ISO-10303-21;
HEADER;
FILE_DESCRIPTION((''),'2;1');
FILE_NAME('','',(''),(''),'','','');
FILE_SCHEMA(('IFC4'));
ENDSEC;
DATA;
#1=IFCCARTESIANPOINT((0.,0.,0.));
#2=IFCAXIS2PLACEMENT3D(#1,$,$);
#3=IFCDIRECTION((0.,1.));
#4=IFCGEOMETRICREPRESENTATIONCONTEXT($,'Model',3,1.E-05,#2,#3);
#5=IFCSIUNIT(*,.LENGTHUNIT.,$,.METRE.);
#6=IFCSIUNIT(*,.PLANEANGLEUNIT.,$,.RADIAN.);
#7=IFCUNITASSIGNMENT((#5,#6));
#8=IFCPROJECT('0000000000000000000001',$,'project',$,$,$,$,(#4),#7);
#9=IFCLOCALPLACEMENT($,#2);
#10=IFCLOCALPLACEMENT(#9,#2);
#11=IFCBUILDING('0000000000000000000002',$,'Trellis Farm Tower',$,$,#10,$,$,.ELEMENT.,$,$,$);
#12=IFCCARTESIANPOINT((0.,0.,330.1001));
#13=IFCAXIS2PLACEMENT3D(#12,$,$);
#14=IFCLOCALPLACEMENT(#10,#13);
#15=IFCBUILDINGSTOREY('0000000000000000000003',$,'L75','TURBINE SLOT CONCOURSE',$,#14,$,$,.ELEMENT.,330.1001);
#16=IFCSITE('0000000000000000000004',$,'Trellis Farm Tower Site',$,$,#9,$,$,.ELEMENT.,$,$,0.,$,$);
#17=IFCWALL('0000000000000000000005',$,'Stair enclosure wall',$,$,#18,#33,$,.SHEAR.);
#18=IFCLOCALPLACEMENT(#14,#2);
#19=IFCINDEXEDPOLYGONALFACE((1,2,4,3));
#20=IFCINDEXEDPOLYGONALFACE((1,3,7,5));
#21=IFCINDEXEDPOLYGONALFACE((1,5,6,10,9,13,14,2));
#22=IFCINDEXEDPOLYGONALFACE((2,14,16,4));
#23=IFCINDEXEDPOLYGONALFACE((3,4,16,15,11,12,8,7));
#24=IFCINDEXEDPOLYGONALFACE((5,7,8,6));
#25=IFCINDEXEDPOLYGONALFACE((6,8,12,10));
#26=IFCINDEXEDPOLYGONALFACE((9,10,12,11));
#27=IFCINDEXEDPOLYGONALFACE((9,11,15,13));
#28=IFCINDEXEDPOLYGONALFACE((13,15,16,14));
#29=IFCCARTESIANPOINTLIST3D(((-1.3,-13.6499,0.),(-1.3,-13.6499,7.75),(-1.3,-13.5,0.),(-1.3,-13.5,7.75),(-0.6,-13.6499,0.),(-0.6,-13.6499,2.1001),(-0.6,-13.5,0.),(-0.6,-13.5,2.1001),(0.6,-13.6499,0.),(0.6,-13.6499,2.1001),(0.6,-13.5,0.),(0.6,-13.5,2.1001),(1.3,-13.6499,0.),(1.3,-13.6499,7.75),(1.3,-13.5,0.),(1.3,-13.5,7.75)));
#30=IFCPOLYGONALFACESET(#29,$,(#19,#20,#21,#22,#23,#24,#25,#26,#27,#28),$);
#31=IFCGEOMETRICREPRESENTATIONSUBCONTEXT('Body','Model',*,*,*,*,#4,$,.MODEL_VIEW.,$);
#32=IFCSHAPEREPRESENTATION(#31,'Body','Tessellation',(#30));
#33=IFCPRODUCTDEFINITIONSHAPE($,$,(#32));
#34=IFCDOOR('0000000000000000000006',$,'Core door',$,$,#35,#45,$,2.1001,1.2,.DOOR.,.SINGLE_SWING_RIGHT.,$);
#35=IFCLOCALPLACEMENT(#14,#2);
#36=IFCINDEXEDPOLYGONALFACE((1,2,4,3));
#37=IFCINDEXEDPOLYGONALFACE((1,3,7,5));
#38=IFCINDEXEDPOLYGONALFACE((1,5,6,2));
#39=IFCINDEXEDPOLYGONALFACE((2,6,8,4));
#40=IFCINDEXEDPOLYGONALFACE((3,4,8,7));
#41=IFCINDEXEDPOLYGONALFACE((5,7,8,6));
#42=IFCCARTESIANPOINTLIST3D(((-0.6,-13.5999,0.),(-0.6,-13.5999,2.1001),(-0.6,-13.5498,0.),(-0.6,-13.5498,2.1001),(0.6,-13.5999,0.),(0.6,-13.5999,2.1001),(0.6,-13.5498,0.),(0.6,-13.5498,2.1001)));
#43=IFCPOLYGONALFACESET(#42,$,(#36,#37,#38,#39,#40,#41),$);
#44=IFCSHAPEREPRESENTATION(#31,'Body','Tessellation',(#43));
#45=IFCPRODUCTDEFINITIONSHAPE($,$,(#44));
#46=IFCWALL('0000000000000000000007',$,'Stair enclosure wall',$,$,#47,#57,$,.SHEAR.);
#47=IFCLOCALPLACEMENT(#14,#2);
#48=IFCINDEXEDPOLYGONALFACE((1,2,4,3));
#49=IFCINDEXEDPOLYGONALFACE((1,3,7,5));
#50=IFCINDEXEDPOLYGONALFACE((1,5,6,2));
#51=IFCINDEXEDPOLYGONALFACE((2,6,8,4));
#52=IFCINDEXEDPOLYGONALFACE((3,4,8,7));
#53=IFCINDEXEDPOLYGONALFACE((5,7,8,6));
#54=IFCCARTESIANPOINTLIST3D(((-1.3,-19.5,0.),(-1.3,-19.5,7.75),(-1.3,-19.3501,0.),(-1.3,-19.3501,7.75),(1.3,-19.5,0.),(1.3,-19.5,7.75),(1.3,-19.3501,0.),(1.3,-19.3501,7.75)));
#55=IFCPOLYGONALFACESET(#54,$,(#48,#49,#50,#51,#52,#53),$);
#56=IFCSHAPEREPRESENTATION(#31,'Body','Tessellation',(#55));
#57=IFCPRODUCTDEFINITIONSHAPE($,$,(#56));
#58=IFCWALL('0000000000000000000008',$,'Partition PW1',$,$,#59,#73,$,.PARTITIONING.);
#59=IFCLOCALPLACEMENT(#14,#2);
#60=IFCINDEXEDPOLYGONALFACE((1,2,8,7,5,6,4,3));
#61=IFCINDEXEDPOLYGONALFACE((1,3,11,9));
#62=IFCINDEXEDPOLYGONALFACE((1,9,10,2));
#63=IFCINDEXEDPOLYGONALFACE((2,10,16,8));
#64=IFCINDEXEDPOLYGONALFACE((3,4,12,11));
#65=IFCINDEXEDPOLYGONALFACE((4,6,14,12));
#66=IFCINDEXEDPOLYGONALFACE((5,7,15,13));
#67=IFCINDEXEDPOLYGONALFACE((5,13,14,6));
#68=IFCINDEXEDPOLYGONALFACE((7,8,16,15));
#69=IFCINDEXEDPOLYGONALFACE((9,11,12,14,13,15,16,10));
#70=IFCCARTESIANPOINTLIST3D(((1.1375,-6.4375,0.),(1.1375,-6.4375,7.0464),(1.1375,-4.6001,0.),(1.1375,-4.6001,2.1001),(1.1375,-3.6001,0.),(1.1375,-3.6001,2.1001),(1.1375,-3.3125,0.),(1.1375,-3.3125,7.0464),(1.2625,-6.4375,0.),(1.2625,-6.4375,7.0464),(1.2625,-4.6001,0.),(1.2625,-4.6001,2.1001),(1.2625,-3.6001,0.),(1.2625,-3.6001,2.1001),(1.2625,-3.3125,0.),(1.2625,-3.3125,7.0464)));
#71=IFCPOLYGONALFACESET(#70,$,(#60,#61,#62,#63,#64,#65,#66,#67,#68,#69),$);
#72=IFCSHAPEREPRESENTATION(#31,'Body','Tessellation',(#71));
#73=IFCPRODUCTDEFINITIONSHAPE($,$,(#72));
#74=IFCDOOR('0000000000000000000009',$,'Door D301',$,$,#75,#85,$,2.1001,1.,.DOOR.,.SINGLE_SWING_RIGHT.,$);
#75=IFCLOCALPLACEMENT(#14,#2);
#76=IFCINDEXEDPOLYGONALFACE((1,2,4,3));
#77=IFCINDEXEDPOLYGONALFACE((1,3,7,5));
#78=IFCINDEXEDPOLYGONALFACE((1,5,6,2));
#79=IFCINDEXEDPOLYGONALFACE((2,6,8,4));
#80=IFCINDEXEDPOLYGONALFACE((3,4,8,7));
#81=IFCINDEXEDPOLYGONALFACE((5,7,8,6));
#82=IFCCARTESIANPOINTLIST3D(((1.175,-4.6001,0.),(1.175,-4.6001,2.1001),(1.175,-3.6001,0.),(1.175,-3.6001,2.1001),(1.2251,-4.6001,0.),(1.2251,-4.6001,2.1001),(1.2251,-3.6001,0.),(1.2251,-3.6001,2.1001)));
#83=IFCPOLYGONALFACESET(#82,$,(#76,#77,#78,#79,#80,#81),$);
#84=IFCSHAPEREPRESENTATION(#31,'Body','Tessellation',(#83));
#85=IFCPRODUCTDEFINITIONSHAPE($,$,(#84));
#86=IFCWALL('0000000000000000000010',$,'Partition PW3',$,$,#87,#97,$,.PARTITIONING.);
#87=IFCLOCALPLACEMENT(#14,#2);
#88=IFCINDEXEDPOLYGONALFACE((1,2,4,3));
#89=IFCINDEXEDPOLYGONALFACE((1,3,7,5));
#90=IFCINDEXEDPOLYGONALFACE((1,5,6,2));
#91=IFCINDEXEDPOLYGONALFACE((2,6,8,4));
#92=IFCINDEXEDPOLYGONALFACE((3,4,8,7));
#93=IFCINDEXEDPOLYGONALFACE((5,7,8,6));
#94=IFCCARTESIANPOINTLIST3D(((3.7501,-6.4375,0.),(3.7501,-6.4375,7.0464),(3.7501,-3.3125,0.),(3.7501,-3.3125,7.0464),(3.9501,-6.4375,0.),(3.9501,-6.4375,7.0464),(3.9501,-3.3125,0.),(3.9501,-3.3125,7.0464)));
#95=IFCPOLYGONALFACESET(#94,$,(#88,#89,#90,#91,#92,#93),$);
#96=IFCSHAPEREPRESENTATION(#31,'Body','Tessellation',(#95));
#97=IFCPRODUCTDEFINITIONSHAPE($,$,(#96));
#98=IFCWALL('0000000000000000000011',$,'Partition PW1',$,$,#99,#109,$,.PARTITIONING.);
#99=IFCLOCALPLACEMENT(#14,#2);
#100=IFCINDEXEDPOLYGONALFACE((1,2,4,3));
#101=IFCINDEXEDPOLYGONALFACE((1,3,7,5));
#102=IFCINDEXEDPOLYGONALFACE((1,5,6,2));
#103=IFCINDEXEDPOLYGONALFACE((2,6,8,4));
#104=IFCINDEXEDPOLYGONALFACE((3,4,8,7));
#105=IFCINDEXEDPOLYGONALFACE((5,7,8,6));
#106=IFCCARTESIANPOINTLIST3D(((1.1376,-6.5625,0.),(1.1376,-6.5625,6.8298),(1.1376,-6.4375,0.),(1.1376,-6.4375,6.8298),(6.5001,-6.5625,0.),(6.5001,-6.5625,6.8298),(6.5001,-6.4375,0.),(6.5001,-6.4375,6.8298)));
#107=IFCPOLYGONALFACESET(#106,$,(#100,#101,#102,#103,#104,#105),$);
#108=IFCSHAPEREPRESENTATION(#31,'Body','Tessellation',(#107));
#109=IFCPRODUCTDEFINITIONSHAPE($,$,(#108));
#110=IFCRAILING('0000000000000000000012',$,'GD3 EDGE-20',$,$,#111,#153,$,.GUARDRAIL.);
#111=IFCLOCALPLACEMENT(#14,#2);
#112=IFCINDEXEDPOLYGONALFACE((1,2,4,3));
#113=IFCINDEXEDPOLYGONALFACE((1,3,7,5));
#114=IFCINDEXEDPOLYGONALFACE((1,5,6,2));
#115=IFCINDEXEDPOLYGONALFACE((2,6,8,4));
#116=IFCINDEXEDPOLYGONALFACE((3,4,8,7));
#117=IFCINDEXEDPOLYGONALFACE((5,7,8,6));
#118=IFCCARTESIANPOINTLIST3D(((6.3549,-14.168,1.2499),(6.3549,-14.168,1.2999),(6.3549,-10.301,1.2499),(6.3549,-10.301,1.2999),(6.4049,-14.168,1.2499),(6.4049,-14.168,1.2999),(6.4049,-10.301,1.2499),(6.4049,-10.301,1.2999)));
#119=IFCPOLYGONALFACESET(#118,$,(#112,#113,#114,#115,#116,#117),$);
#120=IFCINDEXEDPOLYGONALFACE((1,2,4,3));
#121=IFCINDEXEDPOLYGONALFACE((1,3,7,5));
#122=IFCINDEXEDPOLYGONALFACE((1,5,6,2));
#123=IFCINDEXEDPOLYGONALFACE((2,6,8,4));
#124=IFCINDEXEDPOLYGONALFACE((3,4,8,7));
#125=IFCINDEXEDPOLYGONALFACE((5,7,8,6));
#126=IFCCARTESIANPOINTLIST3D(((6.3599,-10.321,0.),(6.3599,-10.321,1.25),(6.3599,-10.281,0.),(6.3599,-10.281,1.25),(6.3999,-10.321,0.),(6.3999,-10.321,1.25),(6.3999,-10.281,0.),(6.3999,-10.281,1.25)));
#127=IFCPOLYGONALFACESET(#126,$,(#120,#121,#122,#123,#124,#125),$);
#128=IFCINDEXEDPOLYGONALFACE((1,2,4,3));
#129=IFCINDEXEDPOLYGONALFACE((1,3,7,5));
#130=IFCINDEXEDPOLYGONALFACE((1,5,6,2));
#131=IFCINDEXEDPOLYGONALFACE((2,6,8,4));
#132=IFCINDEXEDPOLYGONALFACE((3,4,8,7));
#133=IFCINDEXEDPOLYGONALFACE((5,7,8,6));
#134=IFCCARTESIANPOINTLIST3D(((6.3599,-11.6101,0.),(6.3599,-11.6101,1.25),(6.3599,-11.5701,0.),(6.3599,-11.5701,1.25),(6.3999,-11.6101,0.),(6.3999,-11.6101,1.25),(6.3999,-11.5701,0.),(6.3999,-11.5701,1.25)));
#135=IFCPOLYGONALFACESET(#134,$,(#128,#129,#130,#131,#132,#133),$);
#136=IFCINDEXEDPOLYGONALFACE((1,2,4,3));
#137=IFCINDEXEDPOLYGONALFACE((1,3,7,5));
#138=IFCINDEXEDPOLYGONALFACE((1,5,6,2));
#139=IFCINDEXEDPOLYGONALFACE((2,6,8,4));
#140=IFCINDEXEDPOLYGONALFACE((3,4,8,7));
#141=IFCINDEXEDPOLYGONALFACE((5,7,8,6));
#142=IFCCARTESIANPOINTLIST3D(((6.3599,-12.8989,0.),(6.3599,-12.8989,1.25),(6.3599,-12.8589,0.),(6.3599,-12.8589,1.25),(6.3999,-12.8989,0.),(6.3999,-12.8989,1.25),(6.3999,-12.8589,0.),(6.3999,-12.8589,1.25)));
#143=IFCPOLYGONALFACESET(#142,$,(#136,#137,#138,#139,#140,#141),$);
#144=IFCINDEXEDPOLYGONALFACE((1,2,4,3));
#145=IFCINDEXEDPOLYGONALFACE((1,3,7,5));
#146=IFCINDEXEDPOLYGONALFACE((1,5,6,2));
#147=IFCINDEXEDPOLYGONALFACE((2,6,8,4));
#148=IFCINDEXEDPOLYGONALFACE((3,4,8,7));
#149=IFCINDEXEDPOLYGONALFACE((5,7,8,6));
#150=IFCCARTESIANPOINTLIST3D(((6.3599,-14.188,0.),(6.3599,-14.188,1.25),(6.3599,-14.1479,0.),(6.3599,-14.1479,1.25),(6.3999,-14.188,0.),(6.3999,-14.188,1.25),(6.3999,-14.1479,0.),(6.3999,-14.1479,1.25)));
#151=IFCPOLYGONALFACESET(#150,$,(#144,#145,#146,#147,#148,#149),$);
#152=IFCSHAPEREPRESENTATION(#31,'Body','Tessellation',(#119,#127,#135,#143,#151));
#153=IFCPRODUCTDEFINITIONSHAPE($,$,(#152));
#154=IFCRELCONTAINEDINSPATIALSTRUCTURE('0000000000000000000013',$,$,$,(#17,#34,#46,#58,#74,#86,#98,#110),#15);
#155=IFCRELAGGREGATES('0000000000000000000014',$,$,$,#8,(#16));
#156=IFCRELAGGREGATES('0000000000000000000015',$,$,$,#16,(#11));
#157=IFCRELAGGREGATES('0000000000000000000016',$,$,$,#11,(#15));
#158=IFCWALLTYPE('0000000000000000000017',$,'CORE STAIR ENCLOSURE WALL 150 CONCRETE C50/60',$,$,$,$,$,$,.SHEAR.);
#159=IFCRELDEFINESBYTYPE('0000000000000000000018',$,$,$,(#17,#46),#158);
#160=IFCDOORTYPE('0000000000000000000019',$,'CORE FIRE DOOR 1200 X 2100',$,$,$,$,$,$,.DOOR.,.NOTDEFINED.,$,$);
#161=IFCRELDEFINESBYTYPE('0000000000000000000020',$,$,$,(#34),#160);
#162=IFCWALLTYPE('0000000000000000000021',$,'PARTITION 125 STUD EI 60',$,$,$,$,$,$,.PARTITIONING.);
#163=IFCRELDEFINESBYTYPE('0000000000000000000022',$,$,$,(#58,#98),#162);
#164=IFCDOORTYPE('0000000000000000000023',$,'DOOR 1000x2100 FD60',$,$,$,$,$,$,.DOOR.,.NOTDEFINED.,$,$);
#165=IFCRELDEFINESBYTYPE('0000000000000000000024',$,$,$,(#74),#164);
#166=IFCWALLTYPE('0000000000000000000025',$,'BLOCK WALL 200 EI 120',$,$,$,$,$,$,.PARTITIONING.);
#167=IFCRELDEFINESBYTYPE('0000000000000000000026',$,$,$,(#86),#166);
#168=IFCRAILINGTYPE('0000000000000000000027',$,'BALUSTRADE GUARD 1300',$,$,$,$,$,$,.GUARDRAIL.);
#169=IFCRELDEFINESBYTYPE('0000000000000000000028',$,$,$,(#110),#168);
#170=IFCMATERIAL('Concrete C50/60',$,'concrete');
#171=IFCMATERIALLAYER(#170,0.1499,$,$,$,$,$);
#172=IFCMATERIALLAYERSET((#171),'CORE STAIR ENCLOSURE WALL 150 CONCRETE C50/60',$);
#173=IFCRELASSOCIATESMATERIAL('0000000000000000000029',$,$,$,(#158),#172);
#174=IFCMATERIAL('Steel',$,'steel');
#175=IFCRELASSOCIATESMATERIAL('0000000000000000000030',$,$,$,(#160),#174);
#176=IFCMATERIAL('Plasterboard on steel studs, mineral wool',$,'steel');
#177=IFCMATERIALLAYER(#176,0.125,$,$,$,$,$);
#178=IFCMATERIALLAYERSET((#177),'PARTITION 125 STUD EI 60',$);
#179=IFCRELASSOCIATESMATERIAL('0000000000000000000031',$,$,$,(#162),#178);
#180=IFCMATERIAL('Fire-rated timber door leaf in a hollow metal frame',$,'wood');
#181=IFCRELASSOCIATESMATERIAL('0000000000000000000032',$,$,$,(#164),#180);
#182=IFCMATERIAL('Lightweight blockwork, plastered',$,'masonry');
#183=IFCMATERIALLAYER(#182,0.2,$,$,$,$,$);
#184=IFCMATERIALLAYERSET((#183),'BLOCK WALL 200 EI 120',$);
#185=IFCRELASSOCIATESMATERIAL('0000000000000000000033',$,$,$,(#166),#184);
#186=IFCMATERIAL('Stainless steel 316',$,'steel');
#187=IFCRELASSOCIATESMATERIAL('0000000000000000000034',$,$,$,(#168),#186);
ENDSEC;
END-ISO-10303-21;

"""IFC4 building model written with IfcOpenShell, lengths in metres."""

from ifc_helpers import new_model, si_unit, direction, frame, frame_2d, origin, origin_2d, place, context, subcontext, project, spatial, rectangle, extrude, source, transform, mapped, material, layer, layer_set, type_object, element, fill, save


model = new_model("IFC4")

# Units and contexts
model_context = context("Model", 3, precision=1e-05, world=origin(), true_north=direction((0.0, 1.0)))
body_context = subcontext(model_context, "Body", "Model", "MODEL_VIEW")
ifc_project = project(units=[si_unit("LENGTHUNIT", "METRE"), si_unit("PLANEANGLEUNIT", "RADIAN")], contexts=[model_context])

# Site, building, storey
site_placement = place(None, origin())
site = spatial("IfcSite", under=ifc_project, at=site_placement, Name="Trellis Farm Tower Site", CompositionType="ELEMENT", RefElevation=0.0)
building_placement = place(site_placement, origin())
building = spatial("IfcBuilding", under=site, at=building_placement, Name="Trellis Farm Tower", CompositionType="ELEMENT")
storey_placement = place(building_placement, frame((0.0, 0.0, 330.1001)))
storey = spatial("IfcBuildingStorey", under=building, at=storey_placement, Name="L75", Description="TURBINE SLOT CONCOURSE", CompositionType="ELEMENT", Elevation=330.1001)

# Shared definitions
ifc_material_1 = material(Name="Concrete C50/60", Category="concrete")

# Wall, opening, door
ifc_layer_1 = layer(ifc_material_1, 0.1499)
ifc_layer_set_1 = layer_set([ifc_layer_1], Name="CORE STAIR ENCLOSURE WALL 150 CONCRETE C50/60")
wall_type_1 = type_object("IfcWallType", Name="CORE STAIR ENCLOSURE WALL 150 CONCRETE C50/60", PredefinedType="SHEAR", material=ifc_layer_set_1)
shared_shape_1 = source(origin(), body_context, "Body", "SweptSolid", [
    extrude(rectangle(XDim=2.6001, YDim=0.1499, at=frame_2d((1.3, 0.0))), origin(), (0.0, 0.0, 1.0), 7.75),
])
wall_1_placement = place(storey_placement, frame((1.3, -13.575, 0.0), z_axis=(0.0, 0.0, 1.0), x_axis=(-1.0, 0.0, 0.0)))
wall_1 = element("IfcWall", 1, at=wall_1_placement, inside=storey, type_object=wall_type_1, Name="Stair enclosure wall", PredefinedType="SHEAR", context=body_context, shape_type="MappedRepresentation", body=[
    mapped(shared_shape_1, transform((0.0, 0.0, 0.0))),
])
shared_shape_2 = source(origin(), body_context, "Body", "SweptSolid", [
    extrude(rectangle(XDim=1.2, YDim=2.1001, at=frame_2d((0.6001, 1.05))), frame((0.0, 0.085, 0.0), z_axis=(0.0, -1.0, 0.0), x_axis=(1.0, 0.0, 0.0)), (0.0, 0.0, 1.0), 0.1699),
])
opening_1_placement = place(wall_1_placement, frame((0.7, 0.0, 0.0)))
opening_1 = element("IfcOpeningElement", 2, at=opening_1_placement, cuts=wall_1, PredefinedType="OPENING", context=body_context, shape_type="MappedRepresentation", body=[
    mapped(shared_shape_2, transform((0.0, 0.0, 0.0))),
])
ifc_material_2 = material(Name="Steel", Category="steel")
door_type_1 = type_object("IfcDoorType", Name="CORE FIRE DOOR 1200 X 2100", OperationType="NOTDEFINED", PredefinedType="DOOR", material=ifc_material_2)
shared_shape_3 = source(origin(), body_context, "Body", "SweptSolid", [
    extrude(rectangle(XDim=1.2, YDim=2.1001, at=frame_2d((0.6001, 1.05))), frame((0.0, 0.0249, 0.0), z_axis=(0.0, -1.0, 0.0), x_axis=(1.0, 0.0, 0.0)), (0.0, 0.0, 1.0), 0.05),
])
door_1_placement = place(opening_1_placement, origin())
door_1 = element("IfcDoor", 3, at=door_1_placement, inside=storey, type_object=door_type_1, Name="Core door", OperationType="SINGLE_SWING_RIGHT", OverallHeight=2.1001, OverallWidth=1.2, PredefinedType="DOOR", context=body_context, shape_type="MappedRepresentation", body=[
    mapped(shared_shape_3, transform((0.0, 0.0, 0.0))),
])
fill(opening_1, door_1)

# Wall
wall_2_placement = place(storey_placement, frame((1.3, -19.425, 0.0), z_axis=(0.0, 0.0, 1.0), x_axis=(-1.0, 0.0, 0.0)))
element("IfcWall", 4, at=wall_2_placement, inside=storey, type_object=wall_type_1, Name="Stair enclosure wall", PredefinedType="SHEAR", context=body_context, shape_type="MappedRepresentation", body=[
    mapped(shared_shape_1, transform((0.0, 0.0, 0.0))),
])

# Wall, opening, door
ifc_material_3 = material(Name="Plasterboard on steel studs, mineral wool", Category="steel")
ifc_layer_2 = layer(ifc_material_3, 0.125)
ifc_layer_set_2 = layer_set([ifc_layer_2], Name="PARTITION 125 STUD EI 60")
wall_type_2 = type_object("IfcWallType", Name="PARTITION 125 STUD EI 60", PredefinedType="PARTITIONING", material=ifc_layer_set_2)
shared_shape_4 = source(origin(), body_context, "Body", "SweptSolid", [
    extrude(rectangle(XDim=3.125, YDim=0.125, at=frame_2d((1.5625, 0.0))), origin(), (0.0, 0.0, 1.0), 7.0464),
])
wall_3_placement = place(storey_placement, frame((1.2, -6.4375, 0.0), z_axis=(0.0, 0.0, 1.0), x_axis=(0.0, 1.0, 0.0)))
wall_3 = element("IfcWall", 5, at=wall_3_placement, inside=storey, type_object=wall_type_2, Name="Partition PW1", PredefinedType="PARTITIONING", context=body_context, shape_type="MappedRepresentation", body=[
    mapped(shared_shape_4, transform((0.0, 0.0, 0.0))),
])
shared_shape_5 = source(origin(), body_context, "Body", "SweptSolid", [
    extrude(rectangle(XDim=1.0, YDim=2.1001, at=frame_2d((0.5, 1.05))), frame((0.0, 0.0725, 0.0), z_axis=(0.0, -1.0, 0.0), x_axis=(1.0, 0.0, 0.0)), (0.0, 0.0, 1.0), 0.145),
])
opening_2_placement = place(wall_3_placement, frame((1.8374, 0.0, 0.0)))
opening_2 = element("IfcOpeningElement", 6, at=opening_2_placement, cuts=wall_3, PredefinedType="OPENING", context=body_context, shape_type="MappedRepresentation", body=[
    mapped(shared_shape_5, transform((0.0, 0.0, 0.0))),
])
ifc_material_4 = material(Name="Fire-rated timber door leaf in a hollow metal frame", Category="wood")
door_type_2 = type_object("IfcDoorType", Name="DOOR 1000x2100 FD60", OperationType="NOTDEFINED", PredefinedType="DOOR", material=ifc_material_4)
shared_shape_6 = source(origin(), body_context, "Body", "SweptSolid", [
    extrude(rectangle(XDim=1.0, YDim=2.1001, at=frame_2d((0.5, 1.05))), frame((0.0, 0.0249, 0.0), z_axis=(0.0, -1.0, 0.0), x_axis=(1.0, 0.0, 0.0)), (0.0, 0.0, 1.0), 0.05),
])
door_2_placement = place(opening_2_placement, origin())
door_2 = element("IfcDoor", 7, at=door_2_placement, inside=storey, type_object=door_type_2, Name="Door D301", OperationType="SINGLE_SWING_RIGHT", OverallHeight=2.1001, OverallWidth=1.0, PredefinedType="DOOR", context=body_context, shape_type="MappedRepresentation", body=[
    mapped(shared_shape_6, transform((0.0, 0.0, 0.0))),
])
fill(opening_2, door_2)

# Walls
ifc_material_5 = material(Name="Lightweight blockwork, plastered", Category="masonry")
ifc_layer_3 = layer(ifc_material_5, 0.2)
ifc_layer_set_3 = layer_set([ifc_layer_3], Name="BLOCK WALL 200 EI 120")
wall_type_3 = type_object("IfcWallType", Name="BLOCK WALL 200 EI 120", PredefinedType="PARTITIONING", material=ifc_layer_set_3)
shared_shape_7 = source(origin(), body_context, "Body", "SweptSolid", [
    extrude(rectangle(XDim=3.125, YDim=0.2, at=frame_2d((1.5625, 0.0))), origin(), (0.0, 0.0, 1.0), 7.0464),
])
wall_4_placement = place(storey_placement, frame((3.8501, -6.4375, 0.0), z_axis=(0.0, 0.0, 1.0), x_axis=(0.0, 1.0, 0.0)))
element("IfcWall", 8, at=wall_4_placement, inside=storey, type_object=wall_type_3, Name="Partition PW3", PredefinedType="PARTITIONING", context=body_context, shape_type="MappedRepresentation", body=[
    mapped(shared_shape_7, transform((0.0, 0.0, 0.0))),
])
shared_shape_8 = source(origin(), body_context, "Body", "SweptSolid", [
    extrude(rectangle(XDim=5.3625, YDim=0.125, at=frame_2d((2.6812, 0.0))), origin(), (0.0, 0.0, 1.0), 6.8298),
])
wall_5_placement = place(storey_placement, frame((6.5, -6.5, 0.0), z_axis=(0.0, 0.0, 1.0), x_axis=(-1.0, 0.0, 0.0)))
element("IfcWall", 9, at=wall_5_placement, inside=storey, type_object=wall_type_2, Name="Partition PW1", PredefinedType="PARTITIONING", context=body_context, shape_type="MappedRepresentation", body=[
    mapped(shared_shape_8, transform((0.0, 0.0, 0.0))),
])

# Railing
ifc_material_6 = material(Name="Stainless steel 316", Category="steel")
railing_type = type_object("IfcRailingType", Name="BALUSTRADE GUARD 1300", PredefinedType="GUARDRAIL", material=ifc_material_6)
railing_1_placement = place(storey_placement, frame((6.3799, -10.301, 0.0)))
element("IfcRailing", 10, at=railing_1_placement, inside=storey, type_object=railing_type, Name="GD3 EDGE-20", PredefinedType="GUARDRAIL", context=body_context, shape_type="SweptSolid", body=[
    extrude(rectangle(XDim=0.05, YDim=0.05, at=origin_2d()), frame((0.0, 0.0, 1.2749), z_axis=(0.0, -1.0, 0.0), x_axis=(1.0, 0.0, 0.0)), (0.0, 0.0, 1.0), 3.8669),
    extrude(rectangle(XDim=0.04, YDim=0.04, at=origin_2d()), origin(), (0.0, 0.0, 1.0), 1.25),
    extrude(rectangle(XDim=0.04, YDim=0.04, at=origin_2d()), frame((0.0, -1.2891, 0.0)), (0.0, 0.0, 1.0), 1.25),
    extrude(rectangle(XDim=0.04, YDim=0.04, at=origin_2d()), frame((0.0, -2.5779, 0.0)), (0.0, 0.0, 1.0), 1.25),
    extrude(rectangle(XDim=0.04, YDim=0.04, at=origin_2d()), frame((0.0, -3.8669, 0.0)), (0.0, 0.0, 1.0), 1.25),
])

save(model, "model.ifc")
